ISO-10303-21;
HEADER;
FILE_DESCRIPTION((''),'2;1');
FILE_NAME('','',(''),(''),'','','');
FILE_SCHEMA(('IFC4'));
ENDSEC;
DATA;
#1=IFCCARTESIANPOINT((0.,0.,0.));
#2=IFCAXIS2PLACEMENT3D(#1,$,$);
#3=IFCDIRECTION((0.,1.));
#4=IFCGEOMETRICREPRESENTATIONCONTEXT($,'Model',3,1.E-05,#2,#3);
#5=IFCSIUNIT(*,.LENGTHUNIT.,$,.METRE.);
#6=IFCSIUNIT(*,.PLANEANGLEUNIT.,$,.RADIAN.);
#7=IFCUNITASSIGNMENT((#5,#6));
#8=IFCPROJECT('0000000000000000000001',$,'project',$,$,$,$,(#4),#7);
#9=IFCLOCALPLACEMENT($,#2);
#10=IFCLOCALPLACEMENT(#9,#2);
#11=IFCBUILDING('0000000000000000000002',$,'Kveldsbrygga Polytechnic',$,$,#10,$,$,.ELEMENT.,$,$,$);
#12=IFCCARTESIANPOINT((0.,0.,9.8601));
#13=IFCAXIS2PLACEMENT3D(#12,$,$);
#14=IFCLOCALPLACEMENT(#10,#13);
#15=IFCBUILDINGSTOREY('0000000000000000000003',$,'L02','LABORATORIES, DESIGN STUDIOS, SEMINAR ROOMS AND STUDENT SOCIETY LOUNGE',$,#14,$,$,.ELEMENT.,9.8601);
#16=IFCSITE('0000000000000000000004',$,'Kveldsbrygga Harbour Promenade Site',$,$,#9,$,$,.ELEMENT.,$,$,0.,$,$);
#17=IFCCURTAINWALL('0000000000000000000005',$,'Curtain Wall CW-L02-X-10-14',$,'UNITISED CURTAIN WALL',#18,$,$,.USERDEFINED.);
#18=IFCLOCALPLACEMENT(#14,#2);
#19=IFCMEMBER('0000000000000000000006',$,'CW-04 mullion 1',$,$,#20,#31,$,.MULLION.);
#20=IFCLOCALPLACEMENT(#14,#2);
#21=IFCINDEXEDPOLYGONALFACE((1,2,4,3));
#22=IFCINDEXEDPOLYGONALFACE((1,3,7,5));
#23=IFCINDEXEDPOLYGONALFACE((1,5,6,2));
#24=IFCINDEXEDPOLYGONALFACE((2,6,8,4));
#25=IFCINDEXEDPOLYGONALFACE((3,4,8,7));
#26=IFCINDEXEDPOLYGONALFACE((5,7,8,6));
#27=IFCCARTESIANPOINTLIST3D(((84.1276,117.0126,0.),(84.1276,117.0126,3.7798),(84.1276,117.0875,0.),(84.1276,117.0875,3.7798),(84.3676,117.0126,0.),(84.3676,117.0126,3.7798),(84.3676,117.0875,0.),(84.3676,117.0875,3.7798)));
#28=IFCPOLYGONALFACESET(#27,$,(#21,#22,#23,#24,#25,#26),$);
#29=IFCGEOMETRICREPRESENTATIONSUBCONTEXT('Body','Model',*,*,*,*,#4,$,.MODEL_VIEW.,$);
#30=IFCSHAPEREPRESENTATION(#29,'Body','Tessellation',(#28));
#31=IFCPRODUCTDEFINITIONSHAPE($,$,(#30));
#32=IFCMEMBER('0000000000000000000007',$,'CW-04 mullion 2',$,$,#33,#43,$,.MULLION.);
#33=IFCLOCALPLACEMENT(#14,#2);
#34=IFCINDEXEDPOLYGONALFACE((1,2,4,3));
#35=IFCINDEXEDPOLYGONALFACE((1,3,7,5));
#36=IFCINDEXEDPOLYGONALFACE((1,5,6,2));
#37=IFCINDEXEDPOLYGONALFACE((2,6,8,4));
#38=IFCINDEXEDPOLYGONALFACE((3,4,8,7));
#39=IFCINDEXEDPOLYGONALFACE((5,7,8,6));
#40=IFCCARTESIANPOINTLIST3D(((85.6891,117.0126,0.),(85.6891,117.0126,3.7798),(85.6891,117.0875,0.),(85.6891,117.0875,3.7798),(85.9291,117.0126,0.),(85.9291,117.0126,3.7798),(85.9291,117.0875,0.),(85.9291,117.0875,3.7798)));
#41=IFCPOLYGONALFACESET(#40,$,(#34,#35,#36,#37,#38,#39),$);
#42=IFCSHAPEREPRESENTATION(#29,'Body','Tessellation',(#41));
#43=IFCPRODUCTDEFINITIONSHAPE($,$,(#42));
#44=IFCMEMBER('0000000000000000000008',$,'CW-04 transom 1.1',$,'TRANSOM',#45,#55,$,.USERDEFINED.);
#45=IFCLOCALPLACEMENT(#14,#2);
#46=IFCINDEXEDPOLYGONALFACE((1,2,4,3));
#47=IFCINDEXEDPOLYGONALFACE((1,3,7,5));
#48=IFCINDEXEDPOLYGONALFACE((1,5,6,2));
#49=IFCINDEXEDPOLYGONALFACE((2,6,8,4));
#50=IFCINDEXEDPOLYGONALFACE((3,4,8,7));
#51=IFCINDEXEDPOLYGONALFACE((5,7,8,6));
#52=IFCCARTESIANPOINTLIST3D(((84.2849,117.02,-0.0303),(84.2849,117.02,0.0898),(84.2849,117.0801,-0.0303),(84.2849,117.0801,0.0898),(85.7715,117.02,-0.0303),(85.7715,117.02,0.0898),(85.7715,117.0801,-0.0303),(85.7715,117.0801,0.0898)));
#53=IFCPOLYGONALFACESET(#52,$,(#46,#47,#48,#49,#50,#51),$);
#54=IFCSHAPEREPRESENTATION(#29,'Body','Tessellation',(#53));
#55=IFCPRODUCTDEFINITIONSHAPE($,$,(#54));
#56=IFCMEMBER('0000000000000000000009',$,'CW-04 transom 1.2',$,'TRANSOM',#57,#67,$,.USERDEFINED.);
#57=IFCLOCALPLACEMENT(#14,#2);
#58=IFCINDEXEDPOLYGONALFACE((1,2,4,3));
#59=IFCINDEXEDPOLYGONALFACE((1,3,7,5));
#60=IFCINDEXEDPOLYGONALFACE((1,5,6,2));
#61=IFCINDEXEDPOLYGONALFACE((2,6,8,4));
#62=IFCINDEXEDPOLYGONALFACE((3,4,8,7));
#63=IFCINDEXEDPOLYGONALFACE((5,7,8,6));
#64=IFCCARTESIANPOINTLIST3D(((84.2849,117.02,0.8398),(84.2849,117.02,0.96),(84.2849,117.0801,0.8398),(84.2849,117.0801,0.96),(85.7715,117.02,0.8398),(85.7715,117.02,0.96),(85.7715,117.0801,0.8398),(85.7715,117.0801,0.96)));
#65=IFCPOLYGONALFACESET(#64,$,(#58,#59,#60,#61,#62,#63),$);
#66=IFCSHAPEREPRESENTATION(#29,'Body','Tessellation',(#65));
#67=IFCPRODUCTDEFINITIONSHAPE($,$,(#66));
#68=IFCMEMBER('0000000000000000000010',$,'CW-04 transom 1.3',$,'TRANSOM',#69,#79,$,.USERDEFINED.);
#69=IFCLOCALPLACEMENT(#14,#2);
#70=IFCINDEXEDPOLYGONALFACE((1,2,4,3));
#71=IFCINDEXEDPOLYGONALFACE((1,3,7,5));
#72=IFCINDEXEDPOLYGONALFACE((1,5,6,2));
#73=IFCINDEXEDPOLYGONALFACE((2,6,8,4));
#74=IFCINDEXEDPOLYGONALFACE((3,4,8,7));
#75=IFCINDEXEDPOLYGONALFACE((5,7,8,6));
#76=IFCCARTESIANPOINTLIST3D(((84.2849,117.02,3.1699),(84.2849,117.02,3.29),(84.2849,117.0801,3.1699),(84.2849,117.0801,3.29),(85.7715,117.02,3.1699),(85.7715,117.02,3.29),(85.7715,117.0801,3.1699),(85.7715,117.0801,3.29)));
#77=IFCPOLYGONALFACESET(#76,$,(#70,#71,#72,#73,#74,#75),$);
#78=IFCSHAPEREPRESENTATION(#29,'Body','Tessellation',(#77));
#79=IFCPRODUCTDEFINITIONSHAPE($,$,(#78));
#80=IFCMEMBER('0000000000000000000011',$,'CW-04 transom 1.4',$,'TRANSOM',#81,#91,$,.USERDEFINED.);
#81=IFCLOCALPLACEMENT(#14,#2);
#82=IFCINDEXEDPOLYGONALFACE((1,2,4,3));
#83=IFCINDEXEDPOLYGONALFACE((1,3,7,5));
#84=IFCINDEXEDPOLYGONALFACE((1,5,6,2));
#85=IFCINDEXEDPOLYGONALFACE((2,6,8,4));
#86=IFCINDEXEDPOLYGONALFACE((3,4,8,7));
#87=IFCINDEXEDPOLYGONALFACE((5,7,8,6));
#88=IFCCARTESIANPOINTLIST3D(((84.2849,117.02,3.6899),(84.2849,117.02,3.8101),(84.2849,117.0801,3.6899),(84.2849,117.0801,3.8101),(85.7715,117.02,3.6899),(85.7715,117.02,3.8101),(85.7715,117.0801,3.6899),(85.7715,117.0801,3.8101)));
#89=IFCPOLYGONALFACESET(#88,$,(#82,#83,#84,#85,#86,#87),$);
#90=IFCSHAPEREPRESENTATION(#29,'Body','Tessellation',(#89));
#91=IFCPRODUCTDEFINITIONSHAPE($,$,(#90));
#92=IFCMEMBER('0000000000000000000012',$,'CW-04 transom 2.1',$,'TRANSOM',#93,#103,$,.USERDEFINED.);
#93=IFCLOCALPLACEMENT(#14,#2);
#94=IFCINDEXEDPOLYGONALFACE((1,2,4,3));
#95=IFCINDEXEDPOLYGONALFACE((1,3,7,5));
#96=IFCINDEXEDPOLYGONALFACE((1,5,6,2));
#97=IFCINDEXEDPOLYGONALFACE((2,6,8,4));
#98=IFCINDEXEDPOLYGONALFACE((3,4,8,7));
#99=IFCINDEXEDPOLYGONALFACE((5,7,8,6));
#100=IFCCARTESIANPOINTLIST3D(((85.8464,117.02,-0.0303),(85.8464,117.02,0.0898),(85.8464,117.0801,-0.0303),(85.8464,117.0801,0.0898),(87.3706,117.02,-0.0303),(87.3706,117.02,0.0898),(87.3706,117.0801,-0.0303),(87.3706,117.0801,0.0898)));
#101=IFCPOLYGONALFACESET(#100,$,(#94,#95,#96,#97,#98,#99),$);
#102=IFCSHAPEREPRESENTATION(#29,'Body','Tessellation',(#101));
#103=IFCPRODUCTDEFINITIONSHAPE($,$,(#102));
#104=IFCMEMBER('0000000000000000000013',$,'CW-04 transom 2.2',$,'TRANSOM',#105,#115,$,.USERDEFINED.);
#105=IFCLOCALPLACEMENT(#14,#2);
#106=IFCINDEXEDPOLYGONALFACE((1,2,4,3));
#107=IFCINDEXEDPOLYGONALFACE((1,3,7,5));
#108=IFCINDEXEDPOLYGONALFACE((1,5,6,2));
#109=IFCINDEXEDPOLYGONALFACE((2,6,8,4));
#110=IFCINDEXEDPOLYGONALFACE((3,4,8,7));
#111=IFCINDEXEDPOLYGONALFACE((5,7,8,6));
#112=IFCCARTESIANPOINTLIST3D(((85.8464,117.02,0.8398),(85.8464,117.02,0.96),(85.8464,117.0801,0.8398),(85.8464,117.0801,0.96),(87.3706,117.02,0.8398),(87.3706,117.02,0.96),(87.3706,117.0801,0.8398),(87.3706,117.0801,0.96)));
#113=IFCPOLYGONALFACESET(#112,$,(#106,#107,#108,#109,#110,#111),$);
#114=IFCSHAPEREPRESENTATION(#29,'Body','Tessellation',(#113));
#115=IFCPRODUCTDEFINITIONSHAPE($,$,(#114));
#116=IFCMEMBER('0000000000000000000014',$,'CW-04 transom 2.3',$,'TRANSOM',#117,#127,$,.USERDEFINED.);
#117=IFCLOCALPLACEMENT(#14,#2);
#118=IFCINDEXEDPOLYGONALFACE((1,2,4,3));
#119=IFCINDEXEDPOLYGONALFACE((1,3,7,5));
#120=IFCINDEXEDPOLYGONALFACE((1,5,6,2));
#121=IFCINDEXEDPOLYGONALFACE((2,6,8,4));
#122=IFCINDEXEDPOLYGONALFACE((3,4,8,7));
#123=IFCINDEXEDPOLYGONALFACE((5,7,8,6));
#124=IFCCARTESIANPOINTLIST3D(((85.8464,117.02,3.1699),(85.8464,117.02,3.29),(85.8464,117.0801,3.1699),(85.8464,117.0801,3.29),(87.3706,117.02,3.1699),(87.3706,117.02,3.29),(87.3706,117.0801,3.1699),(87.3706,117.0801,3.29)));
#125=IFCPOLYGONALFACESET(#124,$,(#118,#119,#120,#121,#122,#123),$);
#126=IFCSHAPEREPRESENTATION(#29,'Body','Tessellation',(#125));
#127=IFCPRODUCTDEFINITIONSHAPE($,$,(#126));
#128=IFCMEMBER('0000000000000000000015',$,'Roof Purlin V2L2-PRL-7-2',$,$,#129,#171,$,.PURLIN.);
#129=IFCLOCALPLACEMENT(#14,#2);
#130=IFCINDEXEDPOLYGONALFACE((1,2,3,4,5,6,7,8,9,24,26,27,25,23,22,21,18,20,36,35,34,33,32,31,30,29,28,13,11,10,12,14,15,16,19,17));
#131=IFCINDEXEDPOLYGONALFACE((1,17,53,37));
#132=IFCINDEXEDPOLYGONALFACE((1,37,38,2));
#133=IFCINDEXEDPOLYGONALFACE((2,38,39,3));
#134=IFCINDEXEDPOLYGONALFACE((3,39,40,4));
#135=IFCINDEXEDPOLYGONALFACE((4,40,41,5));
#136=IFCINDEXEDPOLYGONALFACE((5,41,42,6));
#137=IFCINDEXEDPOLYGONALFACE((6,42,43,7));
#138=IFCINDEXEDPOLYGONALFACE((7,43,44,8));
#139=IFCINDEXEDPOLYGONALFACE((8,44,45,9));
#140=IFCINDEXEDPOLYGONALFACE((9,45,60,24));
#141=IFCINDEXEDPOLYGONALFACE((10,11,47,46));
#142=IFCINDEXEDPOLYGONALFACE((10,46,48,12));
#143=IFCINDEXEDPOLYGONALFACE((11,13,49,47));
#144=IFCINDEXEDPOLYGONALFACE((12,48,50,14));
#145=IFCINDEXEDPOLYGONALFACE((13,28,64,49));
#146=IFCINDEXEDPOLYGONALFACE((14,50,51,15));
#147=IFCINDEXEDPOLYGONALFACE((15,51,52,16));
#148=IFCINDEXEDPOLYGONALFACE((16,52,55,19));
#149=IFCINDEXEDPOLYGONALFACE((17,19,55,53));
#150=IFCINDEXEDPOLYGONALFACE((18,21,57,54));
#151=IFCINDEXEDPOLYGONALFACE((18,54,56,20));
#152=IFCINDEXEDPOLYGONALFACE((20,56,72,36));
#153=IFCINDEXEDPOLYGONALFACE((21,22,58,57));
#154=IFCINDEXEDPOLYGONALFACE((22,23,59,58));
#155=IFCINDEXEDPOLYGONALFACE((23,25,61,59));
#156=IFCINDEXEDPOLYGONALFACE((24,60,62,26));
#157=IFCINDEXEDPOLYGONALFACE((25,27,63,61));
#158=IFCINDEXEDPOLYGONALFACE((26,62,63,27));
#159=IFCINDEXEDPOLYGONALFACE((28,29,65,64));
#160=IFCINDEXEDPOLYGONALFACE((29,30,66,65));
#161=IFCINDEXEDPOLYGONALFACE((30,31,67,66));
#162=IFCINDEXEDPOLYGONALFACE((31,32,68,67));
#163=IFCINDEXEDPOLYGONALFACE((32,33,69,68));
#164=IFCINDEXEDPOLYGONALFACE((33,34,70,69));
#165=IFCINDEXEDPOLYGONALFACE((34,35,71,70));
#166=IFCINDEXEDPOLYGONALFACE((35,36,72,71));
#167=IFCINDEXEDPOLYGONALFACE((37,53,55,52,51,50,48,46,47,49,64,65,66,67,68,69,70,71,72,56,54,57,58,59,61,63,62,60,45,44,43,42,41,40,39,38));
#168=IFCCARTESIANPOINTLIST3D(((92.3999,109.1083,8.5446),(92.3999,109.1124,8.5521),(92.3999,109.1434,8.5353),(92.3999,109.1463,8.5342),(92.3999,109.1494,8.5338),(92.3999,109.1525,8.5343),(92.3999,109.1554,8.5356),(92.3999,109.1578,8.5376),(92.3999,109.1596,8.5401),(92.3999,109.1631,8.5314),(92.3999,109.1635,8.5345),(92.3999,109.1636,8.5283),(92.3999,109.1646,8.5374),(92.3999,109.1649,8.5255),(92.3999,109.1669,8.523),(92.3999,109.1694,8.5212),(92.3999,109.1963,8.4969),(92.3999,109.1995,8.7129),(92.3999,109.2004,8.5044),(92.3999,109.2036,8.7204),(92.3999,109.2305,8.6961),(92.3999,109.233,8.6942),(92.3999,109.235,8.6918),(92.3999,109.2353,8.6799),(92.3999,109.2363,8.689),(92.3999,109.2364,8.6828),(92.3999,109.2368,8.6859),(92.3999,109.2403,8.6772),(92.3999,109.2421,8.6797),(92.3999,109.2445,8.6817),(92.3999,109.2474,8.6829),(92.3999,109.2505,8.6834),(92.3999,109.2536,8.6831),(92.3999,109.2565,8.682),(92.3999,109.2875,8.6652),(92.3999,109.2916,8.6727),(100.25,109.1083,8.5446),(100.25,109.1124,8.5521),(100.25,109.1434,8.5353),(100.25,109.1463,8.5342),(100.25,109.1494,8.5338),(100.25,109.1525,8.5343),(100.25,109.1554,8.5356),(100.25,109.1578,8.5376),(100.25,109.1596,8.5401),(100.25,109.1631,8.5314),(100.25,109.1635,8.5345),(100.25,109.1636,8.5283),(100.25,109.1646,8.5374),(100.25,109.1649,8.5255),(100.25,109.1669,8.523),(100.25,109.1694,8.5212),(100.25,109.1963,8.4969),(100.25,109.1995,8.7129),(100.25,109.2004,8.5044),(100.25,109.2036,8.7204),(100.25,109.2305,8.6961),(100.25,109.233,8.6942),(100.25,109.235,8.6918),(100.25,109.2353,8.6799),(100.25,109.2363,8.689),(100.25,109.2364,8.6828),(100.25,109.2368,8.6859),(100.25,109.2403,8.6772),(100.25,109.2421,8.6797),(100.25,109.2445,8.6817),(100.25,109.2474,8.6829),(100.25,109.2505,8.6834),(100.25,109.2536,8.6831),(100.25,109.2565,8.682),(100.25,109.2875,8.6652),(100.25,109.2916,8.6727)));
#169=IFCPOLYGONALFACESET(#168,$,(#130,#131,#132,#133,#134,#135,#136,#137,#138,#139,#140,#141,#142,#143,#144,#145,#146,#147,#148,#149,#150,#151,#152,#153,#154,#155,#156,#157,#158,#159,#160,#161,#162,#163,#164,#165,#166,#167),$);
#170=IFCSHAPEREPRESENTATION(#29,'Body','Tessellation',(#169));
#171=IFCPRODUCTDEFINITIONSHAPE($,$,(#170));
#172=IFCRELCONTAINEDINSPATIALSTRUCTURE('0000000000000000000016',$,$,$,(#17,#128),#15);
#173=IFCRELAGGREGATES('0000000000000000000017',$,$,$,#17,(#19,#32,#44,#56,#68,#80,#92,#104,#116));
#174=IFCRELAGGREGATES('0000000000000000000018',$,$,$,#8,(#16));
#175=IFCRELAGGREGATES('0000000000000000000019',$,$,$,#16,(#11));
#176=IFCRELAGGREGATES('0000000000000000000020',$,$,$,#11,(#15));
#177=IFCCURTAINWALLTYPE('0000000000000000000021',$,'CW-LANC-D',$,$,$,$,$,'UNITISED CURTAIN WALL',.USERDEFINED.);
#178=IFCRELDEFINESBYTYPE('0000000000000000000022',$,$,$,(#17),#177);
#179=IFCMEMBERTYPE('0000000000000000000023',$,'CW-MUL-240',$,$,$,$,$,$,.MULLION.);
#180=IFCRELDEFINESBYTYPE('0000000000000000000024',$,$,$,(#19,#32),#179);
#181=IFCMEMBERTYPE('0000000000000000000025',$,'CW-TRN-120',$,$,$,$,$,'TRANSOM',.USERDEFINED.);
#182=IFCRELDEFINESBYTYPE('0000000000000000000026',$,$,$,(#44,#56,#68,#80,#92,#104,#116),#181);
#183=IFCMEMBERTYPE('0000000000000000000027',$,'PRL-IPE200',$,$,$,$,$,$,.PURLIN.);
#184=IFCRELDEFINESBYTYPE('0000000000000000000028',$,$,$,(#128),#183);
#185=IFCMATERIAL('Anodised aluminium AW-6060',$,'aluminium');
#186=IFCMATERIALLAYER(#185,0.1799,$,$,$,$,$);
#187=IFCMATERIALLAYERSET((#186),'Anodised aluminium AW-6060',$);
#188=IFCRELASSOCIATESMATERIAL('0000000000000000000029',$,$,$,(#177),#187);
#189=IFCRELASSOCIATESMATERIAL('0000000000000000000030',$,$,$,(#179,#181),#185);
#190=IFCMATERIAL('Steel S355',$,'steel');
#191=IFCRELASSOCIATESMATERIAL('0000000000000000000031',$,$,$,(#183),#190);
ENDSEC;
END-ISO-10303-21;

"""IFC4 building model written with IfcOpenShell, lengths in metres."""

from ifc_helpers import new_model, si_unit, direction, frame, origin, origin_2d, place, context, subcontext, project, spatial, rectangle, i_section, extrude, material, layer, layer_set, material_profile, profile_set, type_object, element, aggregate, save


model = new_model("IFC4")

# Units and contexts
model_context = context("Model", 3, precision=1e-05, world=origin(), true_north=direction((0.0, 1.0)))
body_context = subcontext(model_context, "Body", "Model", "MODEL_VIEW")
ifc_project = project(units=[si_unit("LENGTHUNIT", "METRE"), si_unit("PLANEANGLEUNIT", "RADIAN")], contexts=[model_context])

# Site, building, storey
site_placement = place(None, origin())
site = spatial("IfcSite", under=ifc_project, at=site_placement, Name="Kveldsbrygga Harbour Promenade Site", CompositionType="ELEMENT", RefElevation=0.0)
building_placement = place(site_placement, origin())
building = spatial("IfcBuilding", under=site, at=building_placement, Name="Kveldsbrygga Polytechnic", CompositionType="ELEMENT")
storey_placement = place(building_placement, frame((0.0, 0.0, 9.8601)))
storey = spatial("IfcBuildingStorey", under=building, at=storey_placement, Name="L02", Description="LABORATORIES, DESIGN STUDIOS, SEMINAR ROOMS AND STUDENT SOCIETY LOUNGE", CompositionType="ELEMENT", Elevation=9.8601)

# Curtain wall, members
ifc_material_1 = material(Name="Anodised aluminium AW-6060", Category="aluminium")
ifc_layer_1 = layer(ifc_material_1, 0.1799)
ifc_layer_set_1 = layer_set([ifc_layer_1], Name="Anodised aluminium AW-6060")
curtain_wall_type = type_object("IfcCurtainWallType", Name="CW-LANC-D", ElementType="UNITISED CURTAIN WALL", PredefinedType="USERDEFINED", material=ifc_layer_set_1)
curtain_wall_placement = place(storey_placement, origin())
curtain_wall = element("IfcCurtainWall", 1, at=curtain_wall_placement, inside=storey, type_object=curtain_wall_type, Name="Curtain Wall CW-L02-X-10-14", ObjectType="UNITISED CURTAIN WALL", PredefinedType="USERDEFINED")
ifc_material_profile_1 = material_profile(ifc_material_1, rectangle(XDim=0.075, YDim=0.24, at=origin_2d()), Name="ALU 75x240")
ifc_profile_set_1 = profile_set([ifc_material_profile_1], Name="Anodised aluminium AW-6060")
member_type_1 = type_object("IfcMemberType", Name="CW-MUL-240", PredefinedType="MULLION", material=ifc_profile_set_1)
member_1_placement = place(storey_placement, frame((84.2476, 117.05, 0.0), z_axis=(0.0, 0.0, 1.0), x_axis=(0.0, 1.0, 0.0)))
member_1 = element("IfcMember", 2, at=member_1_placement, type_object=member_type_1, Name="CW-04 mullion 1", PredefinedType="MULLION", context=body_context, shape_type="SweptSolid", body=[
    extrude(rectangle(XDim=0.075, YDim=0.24, at=origin_2d()), origin(), (0.0, 0.0, 1.0), 3.7798),
])
member_2_placement = place(storey_placement, frame((85.8091, 117.05, 0.0), z_axis=(0.0, 0.0, 1.0), x_axis=(0.0, 1.0, 0.0)))
member_2 = element("IfcMember", 3, at=member_2_placement, type_object=member_type_1, Name="CW-04 mullion 2", PredefinedType="MULLION", context=body_context, shape_type="SweptSolid", body=[
    extrude(rectangle(XDim=0.075, YDim=0.24, at=origin_2d()), origin(), (0.0, 0.0, 1.0), 3.7798),
])
ifc_material_profile_2 = material_profile(ifc_material_1, rectangle(XDim=0.0601, YDim=0.1201, at=origin_2d()), Name="ALU 60x120")
ifc_profile_set_2 = profile_set([ifc_material_profile_2], Name="Anodised aluminium AW-6060")
member_type_2 = type_object("IfcMemberType", Name="CW-TRN-120", ElementType="TRANSOM", PredefinedType="USERDEFINED", material=ifc_profile_set_2)
member_3_placement = place(storey_placement, frame((84.2849, 117.05, 0.0298), z_axis=(1.0, 0.0, 0.0), x_axis=(0.0, 1.0, 0.0)))
member_3 = element("IfcMember", 4, at=member_3_placement, type_object=member_type_2, Name="CW-04 transom 1.1", ObjectType="TRANSOM", PredefinedType="USERDEFINED", context=body_context, shape_type="SweptSolid", body=[
    extrude(rectangle(XDim=0.0601, YDim=0.1201, at=origin_2d()), origin(), (0.0, 0.0, 1.0), 1.4866),
])
member_4_placement = place(storey_placement, frame((84.2849, 117.05, 0.8999), z_axis=(1.0, 0.0, 0.0), x_axis=(0.0, 1.0, 0.0)))
member_4 = element("IfcMember", 5, at=member_4_placement, type_object=member_type_2, Name="CW-04 transom 1.2", ObjectType="TRANSOM", PredefinedType="USERDEFINED", context=body_context, shape_type="SweptSolid", body=[
    extrude(rectangle(XDim=0.0601, YDim=0.1201, at=origin_2d()), origin(), (0.0, 0.0, 1.0), 1.4866),
])
member_5_placement = place(storey_placement, frame((84.2849, 117.05, 3.23), z_axis=(1.0, 0.0, 0.0), x_axis=(0.0, 1.0, 0.0)))
member_5 = element("IfcMember", 6, at=member_5_placement, type_object=member_type_2, Name="CW-04 transom 1.3", ObjectType="TRANSOM", PredefinedType="USERDEFINED", context=body_context, shape_type="SweptSolid", body=[
    extrude(rectangle(XDim=0.0601, YDim=0.1201, at=origin_2d()), origin(), (0.0, 0.0, 1.0), 1.4866),
])
member_6_placement = place(storey_placement, frame((84.2849, 117.05, 3.75), z_axis=(1.0, 0.0, 0.0), x_axis=(0.0, 1.0, 0.0)))
member_6 = element("IfcMember", 7, at=member_6_placement, type_object=member_type_2, Name="CW-04 transom 1.4", ObjectType="TRANSOM", PredefinedType="USERDEFINED", context=body_context, shape_type="SweptSolid", body=[
    extrude(rectangle(XDim=0.0601, YDim=0.1201, at=origin_2d()), origin(), (0.0, 0.0, 1.0), 1.4866),
])
member_7_placement = place(storey_placement, frame((85.8464, 117.05, 0.0298), z_axis=(1.0, 0.0, 0.0), x_axis=(0.0, 1.0, 0.0)))
member_7 = element("IfcMember", 8, at=member_7_placement, type_object=member_type_2, Name="CW-04 transom 2.1", ObjectType="TRANSOM", PredefinedType="USERDEFINED", context=body_context, shape_type="SweptSolid", body=[
    extrude(rectangle(XDim=0.0601, YDim=0.1201, at=origin_2d()), origin(), (0.0, 0.0, 1.0), 1.5242),
])
member_8_placement = place(storey_placement, frame((85.8464, 117.05, 0.8999), z_axis=(1.0, 0.0, 0.0), x_axis=(0.0, 1.0, 0.0)))
member_8 = element("IfcMember", 9, at=member_8_placement, type_object=member_type_2, Name="CW-04 transom 2.2", ObjectType="TRANSOM", PredefinedType="USERDEFINED", context=body_context, shape_type="SweptSolid", body=[
    extrude(rectangle(XDim=0.0601, YDim=0.1201, at=origin_2d()), origin(), (0.0, 0.0, 1.0), 1.5242),
])
member_9_placement = place(storey_placement, frame((85.8464, 117.05, 3.23), z_axis=(1.0, 0.0, 0.0), x_axis=(0.0, 1.0, 0.0)))
member_9 = element("IfcMember", 10, at=member_9_placement, type_object=member_type_2, Name="CW-04 transom 2.3", ObjectType="TRANSOM", PredefinedType="USERDEFINED", context=body_context, shape_type="SweptSolid", body=[
    extrude(rectangle(XDim=0.0601, YDim=0.1201, at=origin_2d()), origin(), (0.0, 0.0, 1.0), 1.5242),
])

# Member
ifc_material_2 = material(Name="Steel S355", Category="steel")
ifc_material_profile_3 = material_profile(ifc_material_2, i_section(OverallWidth=0.1001, OverallDepth=0.2, WebThickness=0.0056, FlangeThickness=0.0085, FilletRadius=0.012, at=origin_2d()), Name="IPE 200")
ifc_profile_set_3 = profile_set([ifc_material_profile_3], Name="Steel S355")
member_type_3 = type_object("IfcMemberType", Name="PRL-IPE200", PredefinedType="PURLIN", material=ifc_profile_set_3)
for number, where, z_axis, x_axis, name in (
    (11, (92.3999, 109.2, 8.6086), (1.0, 0.0, 0.0), (0.0, 0.879292, -0.476283), "Roof Purlin V2L2-PRL-7-2"),
):
    element("IfcMember", number, at=place(storey_placement, frame(where, z_axis=z_axis, x_axis=x_axis)), inside=storey, type_object=member_type_3, Name=name, PredefinedType="PURLIN", context=body_context, shape_type="SweptSolid", body=[
        extrude(i_section(OverallWidth=0.1001, OverallDepth=0.2, WebThickness=0.0056, FlangeThickness=0.0085, FilletRadius=0.012, at=origin_2d()), origin(), (0.0, 0.0, 1.0), 7.8501),
    ])

aggregate(curtain_wall, [member_1, member_2, member_3, member_4, member_5, member_6, member_7, member_8, member_9])

save(model, "model.ifc")
